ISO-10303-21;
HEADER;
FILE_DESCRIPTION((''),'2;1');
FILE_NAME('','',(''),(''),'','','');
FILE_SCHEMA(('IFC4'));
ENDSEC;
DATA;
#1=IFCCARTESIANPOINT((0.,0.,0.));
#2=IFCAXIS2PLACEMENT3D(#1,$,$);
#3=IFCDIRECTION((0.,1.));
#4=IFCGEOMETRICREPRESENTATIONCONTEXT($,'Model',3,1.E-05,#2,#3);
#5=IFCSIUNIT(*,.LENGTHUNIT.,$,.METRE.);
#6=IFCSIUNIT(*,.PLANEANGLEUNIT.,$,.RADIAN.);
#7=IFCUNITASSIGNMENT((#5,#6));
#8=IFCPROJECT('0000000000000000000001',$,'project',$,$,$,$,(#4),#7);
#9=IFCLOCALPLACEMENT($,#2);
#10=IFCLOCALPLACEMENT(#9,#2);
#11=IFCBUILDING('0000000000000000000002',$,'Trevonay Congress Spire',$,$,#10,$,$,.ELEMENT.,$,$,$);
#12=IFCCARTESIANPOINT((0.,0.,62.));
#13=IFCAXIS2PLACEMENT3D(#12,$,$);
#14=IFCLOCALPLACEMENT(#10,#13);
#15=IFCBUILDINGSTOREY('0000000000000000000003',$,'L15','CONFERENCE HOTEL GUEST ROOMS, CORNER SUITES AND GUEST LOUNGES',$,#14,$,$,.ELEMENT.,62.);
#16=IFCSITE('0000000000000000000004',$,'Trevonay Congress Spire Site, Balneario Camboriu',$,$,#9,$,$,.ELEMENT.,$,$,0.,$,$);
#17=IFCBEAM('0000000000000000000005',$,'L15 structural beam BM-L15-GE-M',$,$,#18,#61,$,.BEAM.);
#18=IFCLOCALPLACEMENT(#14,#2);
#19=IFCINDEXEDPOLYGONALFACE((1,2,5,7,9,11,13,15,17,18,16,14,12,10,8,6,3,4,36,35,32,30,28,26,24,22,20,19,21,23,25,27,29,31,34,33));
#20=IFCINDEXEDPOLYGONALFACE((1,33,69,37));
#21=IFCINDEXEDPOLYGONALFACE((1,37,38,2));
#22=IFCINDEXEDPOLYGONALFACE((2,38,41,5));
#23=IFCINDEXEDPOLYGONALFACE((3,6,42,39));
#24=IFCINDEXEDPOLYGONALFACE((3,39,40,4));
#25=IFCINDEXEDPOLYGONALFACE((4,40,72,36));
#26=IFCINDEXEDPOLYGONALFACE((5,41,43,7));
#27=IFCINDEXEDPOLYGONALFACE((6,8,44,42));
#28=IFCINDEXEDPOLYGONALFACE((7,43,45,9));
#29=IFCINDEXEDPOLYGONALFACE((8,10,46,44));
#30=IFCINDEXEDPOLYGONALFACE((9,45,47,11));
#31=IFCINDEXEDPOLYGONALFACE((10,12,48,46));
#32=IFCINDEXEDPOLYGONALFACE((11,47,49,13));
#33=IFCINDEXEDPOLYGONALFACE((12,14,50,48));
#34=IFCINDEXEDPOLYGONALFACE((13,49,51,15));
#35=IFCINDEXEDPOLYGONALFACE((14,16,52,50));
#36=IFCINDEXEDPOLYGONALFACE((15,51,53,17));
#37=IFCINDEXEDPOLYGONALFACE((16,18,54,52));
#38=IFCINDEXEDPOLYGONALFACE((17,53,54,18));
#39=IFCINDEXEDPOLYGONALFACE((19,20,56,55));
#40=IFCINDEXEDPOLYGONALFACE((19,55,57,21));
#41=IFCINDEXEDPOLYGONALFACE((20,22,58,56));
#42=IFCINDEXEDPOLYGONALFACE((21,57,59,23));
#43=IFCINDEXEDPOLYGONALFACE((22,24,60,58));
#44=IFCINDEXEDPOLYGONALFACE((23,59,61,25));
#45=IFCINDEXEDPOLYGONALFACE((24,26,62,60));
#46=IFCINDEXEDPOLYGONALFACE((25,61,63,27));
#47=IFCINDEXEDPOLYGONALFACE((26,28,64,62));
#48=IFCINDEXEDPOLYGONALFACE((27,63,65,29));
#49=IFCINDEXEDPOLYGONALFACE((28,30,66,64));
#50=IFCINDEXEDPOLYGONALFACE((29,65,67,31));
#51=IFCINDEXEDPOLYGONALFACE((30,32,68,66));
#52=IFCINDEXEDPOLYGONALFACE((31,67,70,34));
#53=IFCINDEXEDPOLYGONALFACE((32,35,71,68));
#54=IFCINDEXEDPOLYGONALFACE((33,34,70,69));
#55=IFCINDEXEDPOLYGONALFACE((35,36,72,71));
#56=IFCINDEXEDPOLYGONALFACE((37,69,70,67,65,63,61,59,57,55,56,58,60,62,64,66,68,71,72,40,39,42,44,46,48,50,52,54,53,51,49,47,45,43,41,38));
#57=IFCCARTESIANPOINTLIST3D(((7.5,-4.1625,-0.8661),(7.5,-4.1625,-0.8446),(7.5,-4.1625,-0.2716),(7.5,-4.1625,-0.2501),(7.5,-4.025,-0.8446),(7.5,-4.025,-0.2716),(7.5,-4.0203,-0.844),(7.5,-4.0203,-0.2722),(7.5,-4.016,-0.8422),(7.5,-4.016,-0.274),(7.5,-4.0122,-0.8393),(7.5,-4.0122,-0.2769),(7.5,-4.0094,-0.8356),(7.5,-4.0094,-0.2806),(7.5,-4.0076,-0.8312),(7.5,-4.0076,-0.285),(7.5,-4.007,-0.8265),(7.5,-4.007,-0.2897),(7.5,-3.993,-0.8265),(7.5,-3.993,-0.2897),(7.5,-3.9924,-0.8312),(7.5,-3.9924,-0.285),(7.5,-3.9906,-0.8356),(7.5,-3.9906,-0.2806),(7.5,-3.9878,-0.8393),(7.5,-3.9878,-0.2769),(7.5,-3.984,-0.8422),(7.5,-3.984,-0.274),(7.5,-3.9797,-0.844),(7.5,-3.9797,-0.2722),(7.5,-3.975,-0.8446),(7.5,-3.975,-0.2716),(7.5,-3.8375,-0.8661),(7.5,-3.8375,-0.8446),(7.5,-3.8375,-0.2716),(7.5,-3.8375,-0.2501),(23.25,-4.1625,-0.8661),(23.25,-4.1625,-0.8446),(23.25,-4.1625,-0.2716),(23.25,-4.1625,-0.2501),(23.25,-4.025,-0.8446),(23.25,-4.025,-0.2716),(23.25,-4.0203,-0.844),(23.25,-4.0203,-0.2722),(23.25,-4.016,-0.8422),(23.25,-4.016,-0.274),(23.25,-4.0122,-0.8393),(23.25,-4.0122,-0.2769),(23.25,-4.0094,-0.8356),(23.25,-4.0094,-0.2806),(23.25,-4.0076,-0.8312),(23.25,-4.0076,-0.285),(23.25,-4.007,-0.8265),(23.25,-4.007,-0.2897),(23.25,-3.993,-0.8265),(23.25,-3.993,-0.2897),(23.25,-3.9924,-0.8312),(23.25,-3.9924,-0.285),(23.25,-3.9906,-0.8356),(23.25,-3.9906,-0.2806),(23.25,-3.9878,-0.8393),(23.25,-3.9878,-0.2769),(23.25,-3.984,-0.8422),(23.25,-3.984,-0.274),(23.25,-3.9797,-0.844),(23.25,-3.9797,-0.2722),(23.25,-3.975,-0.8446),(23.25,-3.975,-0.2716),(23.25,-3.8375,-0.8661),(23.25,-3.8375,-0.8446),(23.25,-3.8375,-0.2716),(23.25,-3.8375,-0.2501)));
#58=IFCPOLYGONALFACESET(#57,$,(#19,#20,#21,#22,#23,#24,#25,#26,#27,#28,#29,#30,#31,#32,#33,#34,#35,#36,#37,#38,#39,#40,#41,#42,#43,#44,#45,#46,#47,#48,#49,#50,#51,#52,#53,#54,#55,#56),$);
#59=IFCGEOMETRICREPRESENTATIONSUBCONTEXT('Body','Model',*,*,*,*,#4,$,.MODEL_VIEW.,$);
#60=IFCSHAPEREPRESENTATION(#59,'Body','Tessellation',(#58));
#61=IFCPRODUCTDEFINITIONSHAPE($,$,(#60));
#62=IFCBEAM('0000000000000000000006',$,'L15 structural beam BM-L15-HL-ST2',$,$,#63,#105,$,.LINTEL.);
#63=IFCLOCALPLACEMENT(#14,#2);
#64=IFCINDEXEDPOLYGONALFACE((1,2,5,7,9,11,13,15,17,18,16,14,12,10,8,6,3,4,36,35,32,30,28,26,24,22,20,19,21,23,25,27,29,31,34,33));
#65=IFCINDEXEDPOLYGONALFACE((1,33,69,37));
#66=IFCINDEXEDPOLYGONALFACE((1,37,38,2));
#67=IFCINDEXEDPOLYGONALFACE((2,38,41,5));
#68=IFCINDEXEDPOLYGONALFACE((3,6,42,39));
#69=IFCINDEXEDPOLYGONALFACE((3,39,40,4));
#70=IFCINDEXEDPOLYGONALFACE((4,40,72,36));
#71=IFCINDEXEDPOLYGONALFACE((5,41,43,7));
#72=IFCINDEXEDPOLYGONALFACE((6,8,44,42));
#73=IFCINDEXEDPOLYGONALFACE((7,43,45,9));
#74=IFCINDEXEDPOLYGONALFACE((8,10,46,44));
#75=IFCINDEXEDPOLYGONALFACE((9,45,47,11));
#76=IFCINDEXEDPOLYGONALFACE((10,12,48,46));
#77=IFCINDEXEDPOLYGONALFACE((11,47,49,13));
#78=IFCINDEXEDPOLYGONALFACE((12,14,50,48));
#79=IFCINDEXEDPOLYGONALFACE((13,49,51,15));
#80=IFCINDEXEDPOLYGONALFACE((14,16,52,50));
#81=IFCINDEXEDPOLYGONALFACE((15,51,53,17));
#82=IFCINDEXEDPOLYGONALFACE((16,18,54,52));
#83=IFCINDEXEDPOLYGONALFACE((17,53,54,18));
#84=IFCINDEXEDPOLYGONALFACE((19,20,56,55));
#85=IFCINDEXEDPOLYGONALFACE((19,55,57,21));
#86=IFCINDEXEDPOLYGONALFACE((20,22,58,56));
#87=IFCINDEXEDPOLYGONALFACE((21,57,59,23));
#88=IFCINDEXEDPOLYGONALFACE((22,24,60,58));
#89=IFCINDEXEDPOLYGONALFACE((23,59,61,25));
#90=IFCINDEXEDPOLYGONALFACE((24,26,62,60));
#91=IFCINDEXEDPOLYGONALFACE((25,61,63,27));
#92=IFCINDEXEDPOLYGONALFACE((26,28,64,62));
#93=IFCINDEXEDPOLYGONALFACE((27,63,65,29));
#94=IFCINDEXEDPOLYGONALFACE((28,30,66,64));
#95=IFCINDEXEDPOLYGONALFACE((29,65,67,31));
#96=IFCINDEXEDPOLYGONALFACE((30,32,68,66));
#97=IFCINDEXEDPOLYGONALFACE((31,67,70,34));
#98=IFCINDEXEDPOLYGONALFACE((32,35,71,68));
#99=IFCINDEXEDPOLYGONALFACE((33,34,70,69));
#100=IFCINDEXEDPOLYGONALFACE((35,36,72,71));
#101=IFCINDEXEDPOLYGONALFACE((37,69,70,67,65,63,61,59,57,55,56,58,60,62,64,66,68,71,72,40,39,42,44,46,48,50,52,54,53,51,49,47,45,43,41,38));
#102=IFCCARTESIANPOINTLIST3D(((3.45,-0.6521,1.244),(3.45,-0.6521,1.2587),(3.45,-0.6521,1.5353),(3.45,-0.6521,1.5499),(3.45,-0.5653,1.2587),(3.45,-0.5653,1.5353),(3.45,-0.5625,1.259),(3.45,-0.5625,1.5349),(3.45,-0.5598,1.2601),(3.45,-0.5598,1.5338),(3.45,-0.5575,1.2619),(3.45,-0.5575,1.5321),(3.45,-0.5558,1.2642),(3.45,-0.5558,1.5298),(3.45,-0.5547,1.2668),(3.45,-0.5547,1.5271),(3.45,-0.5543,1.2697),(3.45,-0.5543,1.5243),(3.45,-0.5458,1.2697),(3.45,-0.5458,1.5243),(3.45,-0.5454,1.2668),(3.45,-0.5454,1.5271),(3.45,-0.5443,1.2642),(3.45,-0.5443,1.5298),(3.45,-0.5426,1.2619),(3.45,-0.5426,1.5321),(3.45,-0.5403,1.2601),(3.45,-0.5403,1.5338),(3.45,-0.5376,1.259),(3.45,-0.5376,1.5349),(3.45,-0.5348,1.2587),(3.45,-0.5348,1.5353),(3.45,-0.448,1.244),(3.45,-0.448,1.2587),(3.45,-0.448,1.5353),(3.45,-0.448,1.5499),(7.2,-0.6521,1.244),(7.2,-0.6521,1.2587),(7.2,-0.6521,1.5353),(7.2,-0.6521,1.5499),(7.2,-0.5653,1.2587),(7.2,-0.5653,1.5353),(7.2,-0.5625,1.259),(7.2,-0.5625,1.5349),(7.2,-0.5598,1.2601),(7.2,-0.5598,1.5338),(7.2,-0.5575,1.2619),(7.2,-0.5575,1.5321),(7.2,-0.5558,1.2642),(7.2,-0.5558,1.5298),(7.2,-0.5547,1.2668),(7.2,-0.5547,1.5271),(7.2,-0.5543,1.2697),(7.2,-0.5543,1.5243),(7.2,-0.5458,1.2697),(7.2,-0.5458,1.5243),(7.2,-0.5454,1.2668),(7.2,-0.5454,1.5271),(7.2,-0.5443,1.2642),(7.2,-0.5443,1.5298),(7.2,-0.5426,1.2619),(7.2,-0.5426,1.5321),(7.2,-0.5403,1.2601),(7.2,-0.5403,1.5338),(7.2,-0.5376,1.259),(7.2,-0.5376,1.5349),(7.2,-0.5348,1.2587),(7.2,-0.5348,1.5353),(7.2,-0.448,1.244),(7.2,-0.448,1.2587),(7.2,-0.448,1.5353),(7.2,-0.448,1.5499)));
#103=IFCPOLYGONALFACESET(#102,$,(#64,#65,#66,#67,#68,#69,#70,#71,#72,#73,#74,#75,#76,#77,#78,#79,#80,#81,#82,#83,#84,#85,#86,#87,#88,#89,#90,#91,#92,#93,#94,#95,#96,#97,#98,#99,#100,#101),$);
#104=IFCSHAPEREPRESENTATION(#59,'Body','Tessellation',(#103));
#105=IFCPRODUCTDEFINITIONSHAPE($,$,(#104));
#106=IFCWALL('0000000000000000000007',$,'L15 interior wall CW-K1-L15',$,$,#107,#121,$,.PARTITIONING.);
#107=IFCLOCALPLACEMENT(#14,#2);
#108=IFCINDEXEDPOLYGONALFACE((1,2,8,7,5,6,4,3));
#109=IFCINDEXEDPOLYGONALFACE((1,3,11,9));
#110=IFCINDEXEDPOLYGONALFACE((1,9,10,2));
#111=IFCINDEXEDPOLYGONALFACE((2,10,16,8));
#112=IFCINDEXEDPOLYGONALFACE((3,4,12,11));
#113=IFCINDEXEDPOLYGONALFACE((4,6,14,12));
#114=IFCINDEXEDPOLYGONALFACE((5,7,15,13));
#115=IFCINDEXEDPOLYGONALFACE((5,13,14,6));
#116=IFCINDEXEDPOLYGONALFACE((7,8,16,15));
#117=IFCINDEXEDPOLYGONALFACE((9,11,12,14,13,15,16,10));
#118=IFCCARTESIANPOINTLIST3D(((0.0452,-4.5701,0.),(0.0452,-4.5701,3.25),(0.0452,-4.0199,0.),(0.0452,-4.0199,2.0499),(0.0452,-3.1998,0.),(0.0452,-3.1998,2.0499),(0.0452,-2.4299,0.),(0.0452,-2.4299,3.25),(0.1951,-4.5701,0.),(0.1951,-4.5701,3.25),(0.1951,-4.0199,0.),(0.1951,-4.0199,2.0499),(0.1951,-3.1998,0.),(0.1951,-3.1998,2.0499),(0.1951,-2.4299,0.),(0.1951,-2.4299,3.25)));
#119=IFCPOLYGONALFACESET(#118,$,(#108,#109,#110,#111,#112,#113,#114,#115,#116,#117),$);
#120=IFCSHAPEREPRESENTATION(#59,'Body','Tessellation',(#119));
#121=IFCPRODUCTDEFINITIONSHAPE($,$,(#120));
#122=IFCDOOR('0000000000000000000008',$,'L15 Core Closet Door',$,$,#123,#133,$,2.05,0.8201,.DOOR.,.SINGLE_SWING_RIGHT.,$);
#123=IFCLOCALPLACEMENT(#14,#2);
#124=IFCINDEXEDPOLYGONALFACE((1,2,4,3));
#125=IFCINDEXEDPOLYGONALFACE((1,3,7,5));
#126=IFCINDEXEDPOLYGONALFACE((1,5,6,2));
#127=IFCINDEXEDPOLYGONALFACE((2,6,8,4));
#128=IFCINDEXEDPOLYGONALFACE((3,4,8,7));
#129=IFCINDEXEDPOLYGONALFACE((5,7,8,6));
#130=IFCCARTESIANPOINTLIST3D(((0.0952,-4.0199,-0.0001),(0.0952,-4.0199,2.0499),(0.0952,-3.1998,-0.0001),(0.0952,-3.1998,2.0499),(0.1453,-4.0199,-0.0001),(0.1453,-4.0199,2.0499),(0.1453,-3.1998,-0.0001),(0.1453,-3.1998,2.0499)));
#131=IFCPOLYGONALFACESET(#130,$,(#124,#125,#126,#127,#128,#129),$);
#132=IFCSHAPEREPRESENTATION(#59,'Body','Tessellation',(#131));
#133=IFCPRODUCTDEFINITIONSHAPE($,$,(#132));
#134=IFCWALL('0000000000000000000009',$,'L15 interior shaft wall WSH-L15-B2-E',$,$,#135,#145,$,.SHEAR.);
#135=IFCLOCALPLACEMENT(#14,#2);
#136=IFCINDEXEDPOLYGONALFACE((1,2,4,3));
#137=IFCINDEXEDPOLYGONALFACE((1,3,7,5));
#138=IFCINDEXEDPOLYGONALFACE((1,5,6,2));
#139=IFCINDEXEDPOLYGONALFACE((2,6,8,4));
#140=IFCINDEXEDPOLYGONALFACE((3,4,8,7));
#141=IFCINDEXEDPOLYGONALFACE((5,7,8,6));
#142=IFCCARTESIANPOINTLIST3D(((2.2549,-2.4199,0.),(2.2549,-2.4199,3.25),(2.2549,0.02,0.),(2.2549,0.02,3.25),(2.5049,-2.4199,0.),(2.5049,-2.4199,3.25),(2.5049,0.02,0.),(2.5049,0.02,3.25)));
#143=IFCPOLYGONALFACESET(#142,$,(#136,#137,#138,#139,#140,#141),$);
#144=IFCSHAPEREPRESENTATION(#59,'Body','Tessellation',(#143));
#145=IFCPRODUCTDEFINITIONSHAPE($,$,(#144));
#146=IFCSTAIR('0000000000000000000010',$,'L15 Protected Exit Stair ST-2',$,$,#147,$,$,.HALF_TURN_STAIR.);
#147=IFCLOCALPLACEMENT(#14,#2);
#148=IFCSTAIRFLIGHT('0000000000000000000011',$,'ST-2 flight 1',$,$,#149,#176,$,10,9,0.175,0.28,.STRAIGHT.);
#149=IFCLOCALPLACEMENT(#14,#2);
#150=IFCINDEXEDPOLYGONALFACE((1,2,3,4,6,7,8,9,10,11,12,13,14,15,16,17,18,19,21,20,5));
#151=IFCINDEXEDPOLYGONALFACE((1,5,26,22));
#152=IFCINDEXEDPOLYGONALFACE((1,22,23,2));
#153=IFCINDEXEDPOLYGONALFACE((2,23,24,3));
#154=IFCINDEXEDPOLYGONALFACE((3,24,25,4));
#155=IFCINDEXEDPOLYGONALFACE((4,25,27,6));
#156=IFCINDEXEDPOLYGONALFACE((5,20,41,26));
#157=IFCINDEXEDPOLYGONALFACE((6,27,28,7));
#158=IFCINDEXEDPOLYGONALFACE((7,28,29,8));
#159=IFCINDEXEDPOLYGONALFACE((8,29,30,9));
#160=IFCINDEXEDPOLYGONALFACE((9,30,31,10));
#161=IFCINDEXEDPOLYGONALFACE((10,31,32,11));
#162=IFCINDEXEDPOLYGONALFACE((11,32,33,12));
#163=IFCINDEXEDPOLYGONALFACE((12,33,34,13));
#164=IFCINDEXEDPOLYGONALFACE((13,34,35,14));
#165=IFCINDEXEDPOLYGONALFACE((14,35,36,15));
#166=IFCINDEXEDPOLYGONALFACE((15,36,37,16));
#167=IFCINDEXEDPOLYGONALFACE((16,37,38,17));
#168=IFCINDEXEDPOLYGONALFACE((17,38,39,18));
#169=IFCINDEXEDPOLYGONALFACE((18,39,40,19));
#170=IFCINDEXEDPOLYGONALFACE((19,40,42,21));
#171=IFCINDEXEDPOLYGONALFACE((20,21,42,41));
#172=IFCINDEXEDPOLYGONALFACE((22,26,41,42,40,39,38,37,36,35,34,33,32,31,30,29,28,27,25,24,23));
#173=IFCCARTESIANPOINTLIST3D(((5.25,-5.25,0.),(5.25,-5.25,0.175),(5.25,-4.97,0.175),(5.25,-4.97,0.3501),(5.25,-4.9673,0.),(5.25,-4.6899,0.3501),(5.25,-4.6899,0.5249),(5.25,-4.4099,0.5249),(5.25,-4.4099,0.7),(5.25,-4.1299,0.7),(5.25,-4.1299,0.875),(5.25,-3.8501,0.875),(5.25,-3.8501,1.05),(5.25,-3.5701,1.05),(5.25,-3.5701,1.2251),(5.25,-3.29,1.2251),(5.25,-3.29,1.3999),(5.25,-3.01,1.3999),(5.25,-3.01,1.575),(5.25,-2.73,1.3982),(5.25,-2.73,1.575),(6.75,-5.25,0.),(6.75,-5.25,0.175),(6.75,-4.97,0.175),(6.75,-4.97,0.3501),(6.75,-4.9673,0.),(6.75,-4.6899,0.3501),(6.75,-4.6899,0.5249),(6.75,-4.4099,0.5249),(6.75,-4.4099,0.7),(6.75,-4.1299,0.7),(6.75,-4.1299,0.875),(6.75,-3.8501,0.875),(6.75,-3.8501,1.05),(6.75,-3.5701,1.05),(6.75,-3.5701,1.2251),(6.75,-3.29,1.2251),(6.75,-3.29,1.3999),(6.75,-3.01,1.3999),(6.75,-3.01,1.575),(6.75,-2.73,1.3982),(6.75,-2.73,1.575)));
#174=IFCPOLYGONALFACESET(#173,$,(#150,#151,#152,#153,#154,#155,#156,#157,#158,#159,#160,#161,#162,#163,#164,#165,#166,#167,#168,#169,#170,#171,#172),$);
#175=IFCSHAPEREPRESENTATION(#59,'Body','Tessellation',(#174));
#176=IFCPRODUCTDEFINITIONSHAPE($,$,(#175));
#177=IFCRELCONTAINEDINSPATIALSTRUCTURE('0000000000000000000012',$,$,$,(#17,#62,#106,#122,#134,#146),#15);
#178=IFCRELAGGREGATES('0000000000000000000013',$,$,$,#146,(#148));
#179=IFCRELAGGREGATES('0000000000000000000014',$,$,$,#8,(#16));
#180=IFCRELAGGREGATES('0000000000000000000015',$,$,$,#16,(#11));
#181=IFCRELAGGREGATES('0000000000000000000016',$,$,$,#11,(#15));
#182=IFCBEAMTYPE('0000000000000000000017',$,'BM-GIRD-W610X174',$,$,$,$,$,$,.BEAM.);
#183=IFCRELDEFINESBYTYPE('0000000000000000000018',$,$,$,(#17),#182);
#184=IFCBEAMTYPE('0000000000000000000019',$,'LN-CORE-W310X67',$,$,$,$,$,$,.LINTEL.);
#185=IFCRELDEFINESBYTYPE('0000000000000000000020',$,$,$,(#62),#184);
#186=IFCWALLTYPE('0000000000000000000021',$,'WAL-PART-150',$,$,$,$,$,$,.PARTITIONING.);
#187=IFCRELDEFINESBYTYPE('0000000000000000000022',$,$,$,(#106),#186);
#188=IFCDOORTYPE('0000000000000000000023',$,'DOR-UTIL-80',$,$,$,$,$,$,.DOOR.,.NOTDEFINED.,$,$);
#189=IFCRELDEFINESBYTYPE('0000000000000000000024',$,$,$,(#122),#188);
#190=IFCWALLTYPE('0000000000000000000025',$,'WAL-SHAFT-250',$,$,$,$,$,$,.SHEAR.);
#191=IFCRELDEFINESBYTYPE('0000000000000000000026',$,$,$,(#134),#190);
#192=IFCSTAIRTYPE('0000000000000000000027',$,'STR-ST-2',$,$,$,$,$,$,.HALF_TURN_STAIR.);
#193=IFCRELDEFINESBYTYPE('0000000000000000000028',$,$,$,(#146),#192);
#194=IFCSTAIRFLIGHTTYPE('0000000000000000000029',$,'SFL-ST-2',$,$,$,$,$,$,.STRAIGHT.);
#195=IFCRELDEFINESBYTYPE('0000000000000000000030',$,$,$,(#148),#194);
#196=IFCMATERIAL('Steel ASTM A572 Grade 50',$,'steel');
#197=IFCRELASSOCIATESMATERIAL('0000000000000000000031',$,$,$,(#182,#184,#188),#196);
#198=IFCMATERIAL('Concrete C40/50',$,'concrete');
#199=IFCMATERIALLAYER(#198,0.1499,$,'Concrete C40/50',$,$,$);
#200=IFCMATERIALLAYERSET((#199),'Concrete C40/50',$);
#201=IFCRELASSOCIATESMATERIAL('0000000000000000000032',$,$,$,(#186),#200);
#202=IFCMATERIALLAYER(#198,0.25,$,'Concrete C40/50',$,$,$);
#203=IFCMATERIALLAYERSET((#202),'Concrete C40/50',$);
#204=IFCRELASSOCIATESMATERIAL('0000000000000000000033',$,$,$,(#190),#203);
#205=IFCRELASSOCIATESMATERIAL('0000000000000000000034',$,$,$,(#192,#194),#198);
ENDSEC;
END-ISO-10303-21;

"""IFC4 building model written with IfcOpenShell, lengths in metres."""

from ifc_helpers import new_model, si_unit, direction, frame, frame_2d, origin, origin_2d, place, context, subcontext, project, spatial, polyline, rectangle, i_section, outline, extrude, material, layer, layer_set, material_profile, profile_set, type_object, element, fill, aggregate, save


model = new_model("IFC4")

# Units and contexts
model_context = context("Model", 3, precision=1e-05, world=origin(), true_north=direction((0.0, 1.0)))
body_context = subcontext(model_context, "Body", "Model", "MODEL_VIEW")
ifc_project = project(units=[si_unit("LENGTHUNIT", "METRE"), si_unit("PLANEANGLEUNIT", "RADIAN")], contexts=[model_context])

# Site, building, storey
site_placement = place(None, origin())
site = spatial("IfcSite", under=ifc_project, at=site_placement, Name="Trevonay Congress Spire Site, Balneario Camboriu", CompositionType="ELEMENT", RefElevation=0.0)
building_placement = place(site_placement, origin())
building = spatial("IfcBuilding", under=site, at=building_placement, Name="Trevonay Congress Spire", CompositionType="ELEMENT")
storey_placement = place(building_placement, frame((0.0, 0.0, 62.0)))
storey = spatial("IfcBuildingStorey", under=building, at=storey_placement, Name="L15", Description="CONFERENCE HOTEL GUEST ROOMS, CORNER SUITES AND GUEST LOUNGES", CompositionType="ELEMENT", Elevation=62.0)

# Beams
ifc_material_1 = material(Name="Steel ASTM A572 Grade 50", Category="steel")
ifc_material_profile_1 = material_profile(ifc_material_1, i_section(OverallWidth=0.325, OverallDepth=0.616, WebThickness=0.0139, FlangeThickness=0.0215, FilletRadius=0.0181, at=origin_2d()), Name="W610x174")
ifc_profile_set_1 = profile_set([ifc_material_profile_1], Name="Steel ASTM A572 Grade 50")
beam_type_1 = type_object("IfcBeamType", Name="BM-GIRD-W610X174", PredefinedType="BEAM", material=ifc_profile_set_1)
beam_1_placement = place(storey_placement, frame((7.5, -4.0, -0.5581), z_axis=(1.0, 0.0, 0.0), x_axis=(0.0, 1.0, 0.0)))
element("IfcBeam", 1, at=beam_1_placement, inside=storey, type_object=beam_type_1, Name="L15 structural beam BM-L15-GE-M", PredefinedType="BEAM", context=body_context, shape_type="SweptSolid", body=[
    extrude(i_section(OverallWidth=0.325, OverallDepth=0.616, WebThickness=0.0139, FlangeThickness=0.0215, FilletRadius=0.0181, at=origin_2d()), origin(), (0.0, 0.0, 1.0), 15.75),
])
ifc_material_profile_2 = material_profile(ifc_material_1, i_section(OverallWidth=0.2041, OverallDepth=0.3059, WebThickness=0.0085, FlangeThickness=0.0146, FilletRadius=0.011, at=origin_2d()), Name="W310x67")
ifc_profile_set_2 = profile_set([ifc_material_profile_2], Name="Steel ASTM A572 Grade 50")
beam_type_2 = type_object("IfcBeamType", Name="LN-CORE-W310X67", PredefinedType="LINTEL", material=ifc_profile_set_2)
beam_2_placement = place(storey_placement, frame((3.45, -0.55, 1.397), z_axis=(1.0, 0.0, 0.0), x_axis=(0.0, 1.0, 0.0)))
element("IfcBeam", 2, at=beam_2_placement, inside=storey, type_object=beam_type_2, Name="L15 structural beam BM-L15-HL-ST2", PredefinedType="LINTEL", context=body_context, shape_type="SweptSolid", body=[
    extrude(i_section(OverallWidth=0.2041, OverallDepth=0.3059, WebThickness=0.0085, FlangeThickness=0.0146, FilletRadius=0.011, at=origin_2d()), origin(), (0.0, 0.0, 1.0), 3.75),
])

# Wall, opening, door
ifc_material_2 = material(Name="Concrete C40/50", Category="concrete")
ifc_layer_1 = layer(ifc_material_2, 0.1499, Name="Concrete C40/50")
ifc_layer_set_1 = layer_set([ifc_layer_1], Name="Concrete C40/50")
wall_type_1 = type_object("IfcWallType", Name="WAL-PART-150", PredefinedType="PARTITIONING", material=ifc_layer_set_1)
wall_1_placement = place(storey_placement, frame((0.1201, -4.5701, 0.0), z_axis=(0.0, 0.0, 1.0), x_axis=(0.0, 1.0, 0.0)))
wall_1 = element("IfcWall", 3, at=wall_1_placement, inside=storey, type_object=wall_type_1, Name="L15 interior wall CW-K1-L15", PredefinedType="PARTITIONING", context=body_context, shape_type="SweptSolid", body=[
    extrude(rectangle(XDim=2.1401, YDim=0.1499, at=frame_2d((1.0701, 0.0))), origin(), (0.0, 0.0, 1.0), 3.25),
])
opening_placement = place(wall_1_placement, frame((0.55, 0.0, 0.0)))
opening = element("IfcOpeningElement", 4, at=opening_placement, cuts=wall_1, PredefinedType="OPENING", context=body_context, shape_type="SweptSolid", body=[
    extrude(rectangle(XDim=0.8201, YDim=2.05, at=frame_2d((0.4102, 1.0249))), frame((0.0, 0.085, 0.0), z_axis=(0.0, -1.0, 0.0), x_axis=(1.0, 0.0, 0.0)), (0.0, 0.0, 1.0), 0.1699),
])
door_type = type_object("IfcDoorType", Name="DOR-UTIL-80", OperationType="NOTDEFINED", PredefinedType="DOOR", material=ifc_material_1)
door_placement = place(opening_placement, origin())
door = element("IfcDoor", 5, at=door_placement, inside=storey, type_object=door_type, Name="L15 Core Closet Door", OperationType="SINGLE_SWING_RIGHT", OverallHeight=2.05, OverallWidth=0.8201, PredefinedType="DOOR", context=body_context, shape_type="SweptSolid", body=[
    extrude(rectangle(XDim=0.8201, YDim=2.05, at=frame_2d((0.4102, 1.0249))), frame((0.0, 0.0249, 0.0), z_axis=(0.0, -1.0, 0.0), x_axis=(1.0, 0.0, 0.0)), (0.0, 0.0, 1.0), 0.05),
])
fill(opening, door)

# Wall
ifc_layer_2 = layer(ifc_material_2, 0.25, Name="Concrete C40/50")
ifc_layer_set_2 = layer_set([ifc_layer_2], Name="Concrete C40/50")
wall_type_2 = type_object("IfcWallType", Name="WAL-SHAFT-250", PredefinedType="SHEAR", material=ifc_layer_set_2)
wall_2_placement = place(storey_placement, frame((2.3799, -2.4199, 0.0), z_axis=(0.0, 0.0, 1.0), x_axis=(0.0, 1.0, 0.0)))
element("IfcWall", 6, at=wall_2_placement, inside=storey, type_object=wall_type_2, Name="L15 interior shaft wall WSH-L15-B2-E", PredefinedType="SHEAR", context=body_context, shape_type="SweptSolid", body=[
    extrude(rectangle(XDim=2.4399, YDim=0.25, at=frame_2d((1.22, 0.0))), origin(), (0.0, 0.0, 1.0), 3.25),
])

# Stair, stair flight
stair_type = type_object("IfcStairType", Name="STR-ST-2", PredefinedType="HALF_TURN_STAIR", material=ifc_material_2)
stair_placement = place(storey_placement, origin())
stair = element("IfcStair", 7, at=stair_placement, inside=storey, type_object=stair_type, Name="L15 Protected Exit Stair ST-2", PredefinedType="HALF_TURN_STAIR")
stair_flight_type = type_object("IfcStairFlightType", Name="SFL-ST-2", PredefinedType="STRAIGHT", material=ifc_material_2)
stair_flight_1_placement = place(storey_placement, frame((6.0, -5.25, 0.0), z_axis=(0.0, 0.0, 1.0), x_axis=(0.0, 1.0, 0.0)))
stair_flight_1 = element("IfcStairFlight", 8, at=stair_flight_1_placement, type_object=stair_flight_type, Name="ST-2 flight 1", NumberOfRisers=10, NumberOfTreads=9, PredefinedType="STRAIGHT", RiserHeight=0.175, TreadLength=0.28, context=body_context, shape_type="SweptSolid", body=[
    extrude(outline(polyline([(0.0, 0.0), (0.0, 0.175), (0.28, 0.175), (0.28, 0.3501), (0.5601, 0.3501), (0.5601, 0.5249), (0.8401, 0.5249), (0.8401, 0.7), (1.1201, 0.7), (1.1201, 0.875), (1.3999, 0.875), (1.3999, 1.05), (1.6799, 1.05), (1.6799, 1.2251), (1.96, 1.2251), (1.96, 1.3999), (2.24, 1.3999), (2.24, 1.575), (2.52, 1.575), (2.52, 1.75), (2.52, 1.3982), (0.2827, 0.0), (0.0, 0.0)])), frame((0.0, 0.75, 0.0), z_axis=(0.0, -1.0, 0.0), x_axis=(1.0, 0.0, 0.0)), (0.0, 0.0, 1.0), 1.5),
])
aggregate(stair, [stair_flight_1])

save(model, "model.ifc")
